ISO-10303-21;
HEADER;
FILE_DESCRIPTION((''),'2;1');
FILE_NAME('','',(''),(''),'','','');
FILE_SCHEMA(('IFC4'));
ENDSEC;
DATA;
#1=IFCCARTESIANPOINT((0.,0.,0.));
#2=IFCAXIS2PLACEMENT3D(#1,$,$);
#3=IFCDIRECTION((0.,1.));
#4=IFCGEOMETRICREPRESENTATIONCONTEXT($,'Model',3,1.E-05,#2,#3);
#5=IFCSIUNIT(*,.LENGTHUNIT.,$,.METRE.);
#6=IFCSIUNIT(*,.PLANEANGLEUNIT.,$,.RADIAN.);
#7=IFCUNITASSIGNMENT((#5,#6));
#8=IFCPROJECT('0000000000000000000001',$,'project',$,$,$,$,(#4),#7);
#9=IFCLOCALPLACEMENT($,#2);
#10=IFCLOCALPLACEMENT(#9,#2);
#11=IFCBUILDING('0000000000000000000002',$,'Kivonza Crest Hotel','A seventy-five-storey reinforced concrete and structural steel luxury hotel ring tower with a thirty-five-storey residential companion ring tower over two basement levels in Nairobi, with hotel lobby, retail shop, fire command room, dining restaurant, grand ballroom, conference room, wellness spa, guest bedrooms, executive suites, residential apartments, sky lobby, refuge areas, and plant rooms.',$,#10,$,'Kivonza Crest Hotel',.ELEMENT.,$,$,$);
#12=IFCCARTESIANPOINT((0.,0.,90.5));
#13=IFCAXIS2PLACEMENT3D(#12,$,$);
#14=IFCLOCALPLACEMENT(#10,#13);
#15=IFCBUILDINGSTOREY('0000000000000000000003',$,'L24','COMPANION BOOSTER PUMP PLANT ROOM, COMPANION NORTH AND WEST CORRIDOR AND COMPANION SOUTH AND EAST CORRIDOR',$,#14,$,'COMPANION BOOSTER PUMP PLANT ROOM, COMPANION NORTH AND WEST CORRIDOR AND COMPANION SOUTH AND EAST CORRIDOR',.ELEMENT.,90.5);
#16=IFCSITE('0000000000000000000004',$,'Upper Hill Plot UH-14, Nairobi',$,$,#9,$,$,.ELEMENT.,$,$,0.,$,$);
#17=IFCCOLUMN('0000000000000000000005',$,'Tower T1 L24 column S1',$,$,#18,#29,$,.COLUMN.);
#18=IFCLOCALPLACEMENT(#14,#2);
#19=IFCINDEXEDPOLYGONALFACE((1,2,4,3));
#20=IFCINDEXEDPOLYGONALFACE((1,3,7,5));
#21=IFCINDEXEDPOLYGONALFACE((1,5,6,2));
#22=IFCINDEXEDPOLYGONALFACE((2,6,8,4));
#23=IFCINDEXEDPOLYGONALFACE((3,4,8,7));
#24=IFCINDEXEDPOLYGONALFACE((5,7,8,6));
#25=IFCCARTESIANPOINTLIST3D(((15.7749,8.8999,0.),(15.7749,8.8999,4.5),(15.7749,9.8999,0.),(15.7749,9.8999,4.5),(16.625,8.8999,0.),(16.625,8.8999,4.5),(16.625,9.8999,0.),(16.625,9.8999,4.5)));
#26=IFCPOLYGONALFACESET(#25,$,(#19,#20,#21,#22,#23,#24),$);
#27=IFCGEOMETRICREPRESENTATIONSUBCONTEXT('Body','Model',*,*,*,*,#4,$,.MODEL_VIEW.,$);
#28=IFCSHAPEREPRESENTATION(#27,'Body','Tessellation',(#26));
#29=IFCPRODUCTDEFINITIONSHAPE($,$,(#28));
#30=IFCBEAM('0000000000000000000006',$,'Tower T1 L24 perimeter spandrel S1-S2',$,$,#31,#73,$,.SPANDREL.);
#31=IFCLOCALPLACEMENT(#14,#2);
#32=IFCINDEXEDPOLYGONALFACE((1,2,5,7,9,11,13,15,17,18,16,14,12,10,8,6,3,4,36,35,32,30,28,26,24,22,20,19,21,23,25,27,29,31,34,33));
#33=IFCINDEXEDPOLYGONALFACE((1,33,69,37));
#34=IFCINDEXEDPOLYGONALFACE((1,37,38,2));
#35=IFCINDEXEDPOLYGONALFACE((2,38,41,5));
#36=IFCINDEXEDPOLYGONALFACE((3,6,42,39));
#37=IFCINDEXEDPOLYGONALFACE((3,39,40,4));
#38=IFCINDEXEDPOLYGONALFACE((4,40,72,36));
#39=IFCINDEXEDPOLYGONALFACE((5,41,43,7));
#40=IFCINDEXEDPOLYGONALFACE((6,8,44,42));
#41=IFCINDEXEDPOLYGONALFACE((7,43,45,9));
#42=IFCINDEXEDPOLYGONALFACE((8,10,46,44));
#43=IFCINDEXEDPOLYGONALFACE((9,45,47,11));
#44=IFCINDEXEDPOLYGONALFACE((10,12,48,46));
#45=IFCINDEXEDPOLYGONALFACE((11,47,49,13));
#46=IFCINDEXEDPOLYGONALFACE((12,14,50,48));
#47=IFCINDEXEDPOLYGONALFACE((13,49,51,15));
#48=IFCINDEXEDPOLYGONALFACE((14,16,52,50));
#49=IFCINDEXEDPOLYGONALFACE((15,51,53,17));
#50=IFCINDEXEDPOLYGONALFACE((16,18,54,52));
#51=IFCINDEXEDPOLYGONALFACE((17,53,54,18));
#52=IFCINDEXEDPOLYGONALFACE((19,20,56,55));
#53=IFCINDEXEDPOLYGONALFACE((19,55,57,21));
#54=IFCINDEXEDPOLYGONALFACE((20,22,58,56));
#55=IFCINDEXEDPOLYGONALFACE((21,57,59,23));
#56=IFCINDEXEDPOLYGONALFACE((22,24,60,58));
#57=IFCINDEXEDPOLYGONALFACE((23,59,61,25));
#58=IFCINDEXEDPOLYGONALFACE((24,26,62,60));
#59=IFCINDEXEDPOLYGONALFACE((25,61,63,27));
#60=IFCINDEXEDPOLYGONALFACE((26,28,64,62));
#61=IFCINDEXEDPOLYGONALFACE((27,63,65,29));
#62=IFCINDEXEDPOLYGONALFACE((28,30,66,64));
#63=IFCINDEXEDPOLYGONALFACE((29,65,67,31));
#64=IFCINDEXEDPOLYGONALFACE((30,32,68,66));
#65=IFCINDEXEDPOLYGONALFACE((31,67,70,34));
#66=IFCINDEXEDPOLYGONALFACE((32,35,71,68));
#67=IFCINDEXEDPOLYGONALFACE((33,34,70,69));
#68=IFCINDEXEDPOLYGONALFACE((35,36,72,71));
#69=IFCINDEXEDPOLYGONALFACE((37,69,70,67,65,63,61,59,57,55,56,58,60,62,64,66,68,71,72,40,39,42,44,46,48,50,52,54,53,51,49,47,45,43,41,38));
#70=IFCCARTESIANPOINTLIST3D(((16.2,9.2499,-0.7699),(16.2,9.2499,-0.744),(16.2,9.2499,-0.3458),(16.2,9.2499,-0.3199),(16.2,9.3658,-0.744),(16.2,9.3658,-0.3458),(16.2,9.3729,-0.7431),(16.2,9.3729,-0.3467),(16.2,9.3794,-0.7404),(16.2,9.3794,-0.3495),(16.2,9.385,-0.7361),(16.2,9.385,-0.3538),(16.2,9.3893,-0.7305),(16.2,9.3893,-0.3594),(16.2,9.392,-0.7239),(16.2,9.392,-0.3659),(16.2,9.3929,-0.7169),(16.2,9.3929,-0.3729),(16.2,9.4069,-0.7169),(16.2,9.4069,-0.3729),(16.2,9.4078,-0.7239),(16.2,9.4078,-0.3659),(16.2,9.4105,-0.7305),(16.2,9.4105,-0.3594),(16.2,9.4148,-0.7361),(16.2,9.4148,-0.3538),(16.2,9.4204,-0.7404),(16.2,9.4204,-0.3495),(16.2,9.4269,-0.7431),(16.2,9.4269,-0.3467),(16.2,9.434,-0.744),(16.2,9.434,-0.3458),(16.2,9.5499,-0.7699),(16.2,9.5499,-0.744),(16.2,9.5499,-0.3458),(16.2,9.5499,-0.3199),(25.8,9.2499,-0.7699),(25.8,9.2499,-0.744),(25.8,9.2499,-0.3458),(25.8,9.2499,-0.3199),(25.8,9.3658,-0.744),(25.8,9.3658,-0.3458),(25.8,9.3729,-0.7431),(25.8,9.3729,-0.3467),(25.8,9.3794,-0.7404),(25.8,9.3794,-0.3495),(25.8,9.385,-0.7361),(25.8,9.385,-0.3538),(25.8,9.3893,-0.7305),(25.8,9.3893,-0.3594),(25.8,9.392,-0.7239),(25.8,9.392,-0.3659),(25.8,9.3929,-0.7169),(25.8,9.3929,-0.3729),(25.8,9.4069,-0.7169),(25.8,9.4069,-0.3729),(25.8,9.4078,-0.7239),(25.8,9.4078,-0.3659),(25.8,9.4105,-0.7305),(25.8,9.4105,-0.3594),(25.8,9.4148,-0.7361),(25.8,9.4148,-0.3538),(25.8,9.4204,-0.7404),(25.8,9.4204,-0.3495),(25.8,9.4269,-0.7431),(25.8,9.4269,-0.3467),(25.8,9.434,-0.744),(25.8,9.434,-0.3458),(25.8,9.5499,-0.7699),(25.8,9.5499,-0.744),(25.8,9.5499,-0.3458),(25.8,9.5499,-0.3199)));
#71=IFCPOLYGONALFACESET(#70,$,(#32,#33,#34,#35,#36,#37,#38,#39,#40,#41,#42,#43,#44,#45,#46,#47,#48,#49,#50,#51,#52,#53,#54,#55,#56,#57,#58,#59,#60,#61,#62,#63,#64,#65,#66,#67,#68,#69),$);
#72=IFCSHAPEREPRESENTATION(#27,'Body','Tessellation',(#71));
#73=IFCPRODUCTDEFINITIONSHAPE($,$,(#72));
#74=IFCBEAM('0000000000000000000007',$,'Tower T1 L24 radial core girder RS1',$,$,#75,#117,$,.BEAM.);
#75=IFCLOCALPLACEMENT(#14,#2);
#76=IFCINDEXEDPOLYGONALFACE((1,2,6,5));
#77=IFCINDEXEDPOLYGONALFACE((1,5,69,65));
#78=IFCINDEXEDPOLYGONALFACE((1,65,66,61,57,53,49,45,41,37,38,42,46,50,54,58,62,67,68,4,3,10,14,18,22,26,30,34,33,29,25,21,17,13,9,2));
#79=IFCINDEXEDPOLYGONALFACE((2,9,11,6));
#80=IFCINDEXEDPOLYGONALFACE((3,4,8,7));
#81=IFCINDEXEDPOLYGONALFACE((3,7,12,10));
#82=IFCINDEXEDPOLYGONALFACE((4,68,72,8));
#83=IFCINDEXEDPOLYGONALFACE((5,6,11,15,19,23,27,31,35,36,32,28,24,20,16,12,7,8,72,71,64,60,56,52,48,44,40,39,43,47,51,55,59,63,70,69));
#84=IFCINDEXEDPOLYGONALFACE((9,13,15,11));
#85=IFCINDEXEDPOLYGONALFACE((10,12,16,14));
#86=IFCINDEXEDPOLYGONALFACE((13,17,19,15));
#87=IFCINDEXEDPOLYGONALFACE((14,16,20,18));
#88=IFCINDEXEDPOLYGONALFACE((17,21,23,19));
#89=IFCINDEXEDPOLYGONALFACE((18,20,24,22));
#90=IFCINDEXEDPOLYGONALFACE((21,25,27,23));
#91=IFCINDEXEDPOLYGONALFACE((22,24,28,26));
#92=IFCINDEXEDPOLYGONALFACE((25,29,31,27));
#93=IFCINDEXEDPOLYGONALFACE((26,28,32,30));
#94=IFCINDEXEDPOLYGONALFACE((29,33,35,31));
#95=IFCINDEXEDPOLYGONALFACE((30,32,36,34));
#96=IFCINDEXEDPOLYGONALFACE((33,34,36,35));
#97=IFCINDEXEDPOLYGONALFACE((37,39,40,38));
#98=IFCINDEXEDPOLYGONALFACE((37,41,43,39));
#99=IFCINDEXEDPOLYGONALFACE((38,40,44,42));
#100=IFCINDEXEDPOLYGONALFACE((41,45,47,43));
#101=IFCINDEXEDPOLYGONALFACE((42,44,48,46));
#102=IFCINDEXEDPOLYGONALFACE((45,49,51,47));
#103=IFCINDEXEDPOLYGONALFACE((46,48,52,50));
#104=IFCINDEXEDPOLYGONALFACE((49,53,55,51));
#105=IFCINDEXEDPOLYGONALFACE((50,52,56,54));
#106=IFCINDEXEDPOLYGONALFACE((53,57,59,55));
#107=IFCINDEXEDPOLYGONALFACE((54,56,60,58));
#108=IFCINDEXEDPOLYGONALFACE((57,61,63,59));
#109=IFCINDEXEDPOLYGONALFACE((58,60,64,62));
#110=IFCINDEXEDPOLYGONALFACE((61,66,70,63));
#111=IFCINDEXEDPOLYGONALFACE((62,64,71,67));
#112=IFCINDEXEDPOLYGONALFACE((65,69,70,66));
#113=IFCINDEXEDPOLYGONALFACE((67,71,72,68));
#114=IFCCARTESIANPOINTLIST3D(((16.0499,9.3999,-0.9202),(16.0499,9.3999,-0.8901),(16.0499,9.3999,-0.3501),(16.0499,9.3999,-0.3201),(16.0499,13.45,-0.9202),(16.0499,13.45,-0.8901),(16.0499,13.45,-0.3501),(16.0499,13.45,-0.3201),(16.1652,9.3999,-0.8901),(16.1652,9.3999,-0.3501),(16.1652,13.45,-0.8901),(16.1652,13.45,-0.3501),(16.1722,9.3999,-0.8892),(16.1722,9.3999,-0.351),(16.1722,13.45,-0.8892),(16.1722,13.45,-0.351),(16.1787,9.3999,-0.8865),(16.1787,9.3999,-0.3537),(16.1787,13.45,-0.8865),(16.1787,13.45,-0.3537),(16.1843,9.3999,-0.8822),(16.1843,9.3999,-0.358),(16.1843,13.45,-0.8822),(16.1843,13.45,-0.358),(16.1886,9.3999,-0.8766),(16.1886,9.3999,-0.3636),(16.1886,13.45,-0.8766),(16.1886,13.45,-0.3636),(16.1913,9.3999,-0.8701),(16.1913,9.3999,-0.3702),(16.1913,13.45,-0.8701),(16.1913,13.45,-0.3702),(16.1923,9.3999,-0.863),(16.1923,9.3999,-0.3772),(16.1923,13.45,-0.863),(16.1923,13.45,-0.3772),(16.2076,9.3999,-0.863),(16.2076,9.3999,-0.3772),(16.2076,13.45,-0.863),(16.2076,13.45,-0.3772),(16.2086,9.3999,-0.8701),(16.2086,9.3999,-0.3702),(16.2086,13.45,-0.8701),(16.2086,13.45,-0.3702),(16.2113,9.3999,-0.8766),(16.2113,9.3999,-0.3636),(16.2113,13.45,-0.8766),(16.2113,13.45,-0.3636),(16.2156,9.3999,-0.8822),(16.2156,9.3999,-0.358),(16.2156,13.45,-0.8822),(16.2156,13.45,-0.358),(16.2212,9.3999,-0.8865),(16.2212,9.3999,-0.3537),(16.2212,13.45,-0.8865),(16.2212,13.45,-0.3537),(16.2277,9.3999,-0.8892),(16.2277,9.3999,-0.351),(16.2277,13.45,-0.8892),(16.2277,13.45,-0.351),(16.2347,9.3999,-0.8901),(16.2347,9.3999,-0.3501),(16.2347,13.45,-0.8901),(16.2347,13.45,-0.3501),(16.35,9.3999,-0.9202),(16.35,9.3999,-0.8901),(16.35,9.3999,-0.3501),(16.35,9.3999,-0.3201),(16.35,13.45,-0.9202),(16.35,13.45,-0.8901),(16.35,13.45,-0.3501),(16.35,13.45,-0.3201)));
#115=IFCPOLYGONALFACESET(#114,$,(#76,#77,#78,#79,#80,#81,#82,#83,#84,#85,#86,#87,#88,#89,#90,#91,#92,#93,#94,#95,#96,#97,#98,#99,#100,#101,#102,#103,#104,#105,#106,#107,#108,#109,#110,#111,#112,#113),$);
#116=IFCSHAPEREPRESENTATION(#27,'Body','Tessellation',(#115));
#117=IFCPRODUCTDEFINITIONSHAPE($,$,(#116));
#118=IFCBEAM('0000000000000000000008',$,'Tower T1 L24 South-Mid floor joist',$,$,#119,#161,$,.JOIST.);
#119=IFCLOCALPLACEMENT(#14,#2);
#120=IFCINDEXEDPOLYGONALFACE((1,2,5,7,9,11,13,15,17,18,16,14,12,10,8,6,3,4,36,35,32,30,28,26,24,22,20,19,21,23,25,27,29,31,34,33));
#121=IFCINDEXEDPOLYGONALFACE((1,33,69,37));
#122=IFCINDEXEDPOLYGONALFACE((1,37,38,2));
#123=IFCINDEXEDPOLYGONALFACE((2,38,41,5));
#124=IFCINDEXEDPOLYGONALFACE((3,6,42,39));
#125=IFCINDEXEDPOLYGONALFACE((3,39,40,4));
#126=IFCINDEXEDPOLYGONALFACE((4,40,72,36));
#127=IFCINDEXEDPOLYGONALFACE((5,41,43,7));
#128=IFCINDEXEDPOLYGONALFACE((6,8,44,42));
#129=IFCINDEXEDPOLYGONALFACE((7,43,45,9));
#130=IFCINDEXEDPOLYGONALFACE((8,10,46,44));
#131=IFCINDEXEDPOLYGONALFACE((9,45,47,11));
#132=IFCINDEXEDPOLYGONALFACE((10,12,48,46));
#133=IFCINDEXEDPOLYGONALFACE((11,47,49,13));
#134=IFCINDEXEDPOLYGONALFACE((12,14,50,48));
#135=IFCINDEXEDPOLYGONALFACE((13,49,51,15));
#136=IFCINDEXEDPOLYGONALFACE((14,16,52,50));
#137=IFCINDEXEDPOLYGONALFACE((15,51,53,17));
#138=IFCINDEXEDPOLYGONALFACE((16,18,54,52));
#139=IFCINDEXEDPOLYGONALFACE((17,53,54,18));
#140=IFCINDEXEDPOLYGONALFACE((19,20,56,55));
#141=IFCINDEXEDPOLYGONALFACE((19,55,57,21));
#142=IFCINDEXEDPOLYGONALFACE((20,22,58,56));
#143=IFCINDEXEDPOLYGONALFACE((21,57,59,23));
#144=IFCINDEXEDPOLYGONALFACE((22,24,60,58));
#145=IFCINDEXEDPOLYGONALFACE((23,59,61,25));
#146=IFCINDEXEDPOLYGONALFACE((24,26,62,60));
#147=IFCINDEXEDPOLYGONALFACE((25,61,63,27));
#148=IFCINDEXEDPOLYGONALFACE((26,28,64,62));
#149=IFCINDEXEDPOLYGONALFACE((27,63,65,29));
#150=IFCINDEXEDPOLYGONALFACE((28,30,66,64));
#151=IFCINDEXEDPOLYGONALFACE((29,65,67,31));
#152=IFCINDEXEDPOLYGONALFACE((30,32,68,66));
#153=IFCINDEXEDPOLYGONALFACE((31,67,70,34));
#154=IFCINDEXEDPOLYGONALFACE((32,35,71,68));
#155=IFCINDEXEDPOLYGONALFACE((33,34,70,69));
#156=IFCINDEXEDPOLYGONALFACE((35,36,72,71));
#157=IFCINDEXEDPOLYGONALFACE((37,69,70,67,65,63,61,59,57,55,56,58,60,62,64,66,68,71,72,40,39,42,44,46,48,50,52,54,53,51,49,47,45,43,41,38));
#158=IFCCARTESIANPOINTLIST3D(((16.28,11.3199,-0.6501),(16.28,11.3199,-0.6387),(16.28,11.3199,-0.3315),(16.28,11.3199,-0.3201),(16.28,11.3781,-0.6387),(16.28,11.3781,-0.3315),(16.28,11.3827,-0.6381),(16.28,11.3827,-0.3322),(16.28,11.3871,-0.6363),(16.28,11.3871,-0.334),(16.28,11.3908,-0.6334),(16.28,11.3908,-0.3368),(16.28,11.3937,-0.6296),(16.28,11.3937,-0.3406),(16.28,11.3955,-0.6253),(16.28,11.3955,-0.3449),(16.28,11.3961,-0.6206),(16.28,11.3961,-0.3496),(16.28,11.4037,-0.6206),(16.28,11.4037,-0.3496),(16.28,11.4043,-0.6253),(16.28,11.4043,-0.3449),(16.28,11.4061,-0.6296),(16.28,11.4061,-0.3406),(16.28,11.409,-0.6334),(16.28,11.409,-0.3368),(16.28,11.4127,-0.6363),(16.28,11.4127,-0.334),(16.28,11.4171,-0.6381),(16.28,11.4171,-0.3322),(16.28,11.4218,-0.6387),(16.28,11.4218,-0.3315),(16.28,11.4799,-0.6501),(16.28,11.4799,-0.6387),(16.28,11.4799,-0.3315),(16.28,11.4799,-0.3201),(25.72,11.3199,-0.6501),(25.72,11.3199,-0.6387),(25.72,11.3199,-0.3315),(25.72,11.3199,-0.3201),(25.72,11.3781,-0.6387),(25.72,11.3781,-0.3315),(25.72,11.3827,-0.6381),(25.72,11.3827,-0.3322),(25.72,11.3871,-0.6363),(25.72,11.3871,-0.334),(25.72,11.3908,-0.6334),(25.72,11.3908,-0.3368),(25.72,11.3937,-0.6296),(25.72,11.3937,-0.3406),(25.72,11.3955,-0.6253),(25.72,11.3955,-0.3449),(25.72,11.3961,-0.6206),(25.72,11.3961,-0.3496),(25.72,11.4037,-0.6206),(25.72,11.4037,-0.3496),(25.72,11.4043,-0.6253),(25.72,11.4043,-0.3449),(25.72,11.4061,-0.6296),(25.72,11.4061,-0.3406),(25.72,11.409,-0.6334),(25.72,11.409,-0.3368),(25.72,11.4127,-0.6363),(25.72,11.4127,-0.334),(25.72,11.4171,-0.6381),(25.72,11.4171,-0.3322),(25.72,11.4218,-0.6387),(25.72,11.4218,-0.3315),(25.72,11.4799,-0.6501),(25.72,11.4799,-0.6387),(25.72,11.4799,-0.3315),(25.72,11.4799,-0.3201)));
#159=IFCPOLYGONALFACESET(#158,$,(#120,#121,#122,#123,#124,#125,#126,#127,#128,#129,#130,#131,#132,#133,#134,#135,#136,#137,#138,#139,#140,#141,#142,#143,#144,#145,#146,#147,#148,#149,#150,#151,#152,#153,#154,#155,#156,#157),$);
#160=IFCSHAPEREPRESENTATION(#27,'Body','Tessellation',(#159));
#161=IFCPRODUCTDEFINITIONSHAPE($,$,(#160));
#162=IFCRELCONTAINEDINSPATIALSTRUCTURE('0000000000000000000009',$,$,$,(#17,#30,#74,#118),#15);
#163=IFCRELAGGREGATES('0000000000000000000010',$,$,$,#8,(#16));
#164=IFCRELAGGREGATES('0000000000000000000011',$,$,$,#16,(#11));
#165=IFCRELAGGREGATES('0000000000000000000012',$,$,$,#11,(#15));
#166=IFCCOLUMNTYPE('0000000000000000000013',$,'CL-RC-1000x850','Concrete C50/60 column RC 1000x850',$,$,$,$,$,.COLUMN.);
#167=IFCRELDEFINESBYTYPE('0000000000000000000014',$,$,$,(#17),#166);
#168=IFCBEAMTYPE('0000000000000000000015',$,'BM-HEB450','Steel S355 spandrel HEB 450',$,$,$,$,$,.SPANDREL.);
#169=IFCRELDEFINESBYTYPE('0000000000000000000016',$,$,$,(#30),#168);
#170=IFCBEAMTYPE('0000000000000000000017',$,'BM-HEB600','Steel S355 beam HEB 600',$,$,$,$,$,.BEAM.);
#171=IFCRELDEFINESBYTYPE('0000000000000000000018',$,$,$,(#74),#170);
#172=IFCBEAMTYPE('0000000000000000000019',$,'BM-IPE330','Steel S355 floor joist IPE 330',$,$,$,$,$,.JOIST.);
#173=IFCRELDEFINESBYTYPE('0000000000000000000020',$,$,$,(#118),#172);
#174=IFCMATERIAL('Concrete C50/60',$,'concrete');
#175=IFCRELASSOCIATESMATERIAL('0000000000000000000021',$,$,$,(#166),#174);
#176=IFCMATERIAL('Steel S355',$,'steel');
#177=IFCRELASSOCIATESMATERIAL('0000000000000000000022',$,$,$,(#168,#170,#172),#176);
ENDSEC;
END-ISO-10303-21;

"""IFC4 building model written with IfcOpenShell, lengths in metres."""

from ifc_helpers import new_model, si_unit, direction, frame, origin, origin_2d, place, context, subcontext, project, spatial, rectangle, i_section, extrude, material, material_profile, profile_set, type_object, element, save


model = new_model("IFC4")

# Units and contexts
model_context = context("Model", 3, precision=1e-05, world=origin(), true_north=direction((0.0, 1.0)))
body_context = subcontext(model_context, "Body", "Model", "MODEL_VIEW")
ifc_project = project(units=[si_unit("LENGTHUNIT", "METRE"), si_unit("PLANEANGLEUNIT", "RADIAN")], contexts=[model_context])

# Site, building, storey
site_placement = place(None, origin())
site = spatial("IfcSite", under=ifc_project, at=site_placement, Name="Upper Hill Plot UH-14, Nairobi", CompositionType="ELEMENT", RefElevation=0.0)
building_placement = place(site_placement, origin())
building = spatial("IfcBuilding", under=site, at=building_placement, Name="Kivonza Crest Hotel", Description="A seventy-five-storey reinforced concrete and structural steel luxury hotel ring tower with a thirty-five-storey residential companion ring tower over two basement levels in Nairobi, with hotel lobby, retail shop, fire command room, dining restaurant, grand ballroom, conference room, wellness spa, guest bedrooms, executive suites, residential apartments, sky lobby, refuge areas, and plant rooms.", LongName="Kivonza Crest Hotel", CompositionType="ELEMENT")
storey_placement = place(building_placement, frame((0.0, 0.0, 90.5)))
storey = spatial("IfcBuildingStorey", under=building, at=storey_placement, Name="L24", Description="COMPANION BOOSTER PUMP PLANT ROOM, COMPANION NORTH AND WEST CORRIDOR AND COMPANION SOUTH AND EAST CORRIDOR", LongName="COMPANION BOOSTER PUMP PLANT ROOM, COMPANION NORTH AND WEST CORRIDOR AND COMPANION SOUTH AND EAST CORRIDOR", CompositionType="ELEMENT", Elevation=90.5)

# Column
ifc_material_1 = material(Name="Concrete C50/60", Category="concrete")
ifc_material_profile_1 = material_profile(ifc_material_1, rectangle(XDim=0.8501, YDim=1.0, at=origin_2d()), Name="RC 1000x850")
ifc_profile_set_1 = profile_set([ifc_material_profile_1], Name="Concrete C50/60")
column_type = type_object("IfcColumnType", Name="CL-RC-1000x850", Description="Concrete C50/60 column RC 1000x850", PredefinedType="COLUMN", material=ifc_profile_set_1)
column_placement = place(storey_placement, frame((16.2, 9.3999, 0.0), z_axis=(0.0, 0.0, 1.0), x_axis=(1.0, 0.0, 0.0)))
element("IfcColumn", 1, at=column_placement, inside=storey, type_object=column_type, Name="Tower T1 L24 column S1", PredefinedType="COLUMN", context=body_context, shape_type="SweptSolid", body=[
    extrude(rectangle(XDim=0.8501, YDim=1.0, at=origin_2d()), origin(), (0.0, 0.0, 1.0), 4.5),
])

# Beams
ifc_material_2 = material(Name="Steel S355", Category="steel")
ifc_material_profile_2 = material_profile(ifc_material_2, i_section(OverallWidth=0.3, OverallDepth=0.45, WebThickness=0.0139, FlangeThickness=0.0259, FilletRadius=0.0271, at=origin_2d()), Name="HEB 450")
ifc_profile_set_2 = profile_set([ifc_material_profile_2], Name="Steel S355")
beam_type_1 = type_object("IfcBeamType", Name="BM-HEB450", Description="Steel S355 spandrel HEB 450", PredefinedType="SPANDREL", material=ifc_profile_set_2)
beam_1_placement = place(storey_placement, frame((16.2, 9.3999, -0.5449), z_axis=(1.0, 0.0, 0.0), x_axis=(0.0, 1.0, 0.0)))
element("IfcBeam", 2, at=beam_1_placement, inside=storey, type_object=beam_type_1, Name="Tower T1 L24 perimeter spandrel S1-S2", PredefinedType="SPANDREL", context=body_context, shape_type="SweptSolid", body=[
    extrude(i_section(OverallWidth=0.3, OverallDepth=0.45, WebThickness=0.0139, FlangeThickness=0.0259, FilletRadius=0.0271, at=origin_2d()), origin(), (0.0, 0.0, 1.0), 9.6001),
])
ifc_material_profile_3 = material_profile(ifc_material_2, i_section(OverallWidth=0.3, OverallDepth=0.6001, WebThickness=0.0154, FlangeThickness=0.03, FilletRadius=0.0271, at=origin_2d()), Name="HEB 600")
ifc_profile_set_3 = profile_set([ifc_material_profile_3], Name="Steel S355")
beam_type_2 = type_object("IfcBeamType", Name="BM-HEB600", Description="Steel S355 beam HEB 600", PredefinedType="BEAM", material=ifc_profile_set_3)
beam_2_placement = place(storey_placement, frame((16.2, 9.3999, -0.6201), z_axis=(0.0, 1.0, 0.0), x_axis=(-1.0, 0.0, 0.0)))
element("IfcBeam", 3, at=beam_2_placement, inside=storey, type_object=beam_type_2, Name="Tower T1 L24 radial core girder RS1", PredefinedType="BEAM", context=body_context, shape_type="SweptSolid", body=[
    extrude(i_section(OverallWidth=0.3, OverallDepth=0.6001, WebThickness=0.0154, FlangeThickness=0.03, FilletRadius=0.0271, at=origin_2d()), origin(), (0.0, 0.0, 1.0), 4.05),
])
ifc_material_profile_4 = material_profile(ifc_material_2, i_section(OverallWidth=0.1599, OverallDepth=0.3301, WebThickness=0.0076, FlangeThickness=0.0115, FilletRadius=0.0181, at=origin_2d()), Name="IPE 330")
ifc_profile_set_4 = profile_set([ifc_material_profile_4], Name="Steel S355")
beam_type_3 = type_object("IfcBeamType", Name="BM-IPE330", Description="Steel S355 floor joist IPE 330", PredefinedType="JOIST", material=ifc_profile_set_4)
beam_3_placement = place(storey_placement, frame((16.28, 11.3999, -0.4851), z_axis=(1.0, 0.0, 0.0), x_axis=(0.0, 1.0, 0.0)))
element("IfcBeam", 4, at=beam_3_placement, inside=storey, type_object=beam_type_3, Name="Tower T1 L24 South-Mid floor joist", PredefinedType="JOIST", context=body_context, shape_type="SweptSolid", body=[
    extrude(i_section(OverallWidth=0.1599, OverallDepth=0.3301, WebThickness=0.0076, FlangeThickness=0.0115, FilletRadius=0.0181, at=origin_2d()), origin(), (0.0, 0.0, 1.0), 9.4399),
])

save(model, "model.ifc")
